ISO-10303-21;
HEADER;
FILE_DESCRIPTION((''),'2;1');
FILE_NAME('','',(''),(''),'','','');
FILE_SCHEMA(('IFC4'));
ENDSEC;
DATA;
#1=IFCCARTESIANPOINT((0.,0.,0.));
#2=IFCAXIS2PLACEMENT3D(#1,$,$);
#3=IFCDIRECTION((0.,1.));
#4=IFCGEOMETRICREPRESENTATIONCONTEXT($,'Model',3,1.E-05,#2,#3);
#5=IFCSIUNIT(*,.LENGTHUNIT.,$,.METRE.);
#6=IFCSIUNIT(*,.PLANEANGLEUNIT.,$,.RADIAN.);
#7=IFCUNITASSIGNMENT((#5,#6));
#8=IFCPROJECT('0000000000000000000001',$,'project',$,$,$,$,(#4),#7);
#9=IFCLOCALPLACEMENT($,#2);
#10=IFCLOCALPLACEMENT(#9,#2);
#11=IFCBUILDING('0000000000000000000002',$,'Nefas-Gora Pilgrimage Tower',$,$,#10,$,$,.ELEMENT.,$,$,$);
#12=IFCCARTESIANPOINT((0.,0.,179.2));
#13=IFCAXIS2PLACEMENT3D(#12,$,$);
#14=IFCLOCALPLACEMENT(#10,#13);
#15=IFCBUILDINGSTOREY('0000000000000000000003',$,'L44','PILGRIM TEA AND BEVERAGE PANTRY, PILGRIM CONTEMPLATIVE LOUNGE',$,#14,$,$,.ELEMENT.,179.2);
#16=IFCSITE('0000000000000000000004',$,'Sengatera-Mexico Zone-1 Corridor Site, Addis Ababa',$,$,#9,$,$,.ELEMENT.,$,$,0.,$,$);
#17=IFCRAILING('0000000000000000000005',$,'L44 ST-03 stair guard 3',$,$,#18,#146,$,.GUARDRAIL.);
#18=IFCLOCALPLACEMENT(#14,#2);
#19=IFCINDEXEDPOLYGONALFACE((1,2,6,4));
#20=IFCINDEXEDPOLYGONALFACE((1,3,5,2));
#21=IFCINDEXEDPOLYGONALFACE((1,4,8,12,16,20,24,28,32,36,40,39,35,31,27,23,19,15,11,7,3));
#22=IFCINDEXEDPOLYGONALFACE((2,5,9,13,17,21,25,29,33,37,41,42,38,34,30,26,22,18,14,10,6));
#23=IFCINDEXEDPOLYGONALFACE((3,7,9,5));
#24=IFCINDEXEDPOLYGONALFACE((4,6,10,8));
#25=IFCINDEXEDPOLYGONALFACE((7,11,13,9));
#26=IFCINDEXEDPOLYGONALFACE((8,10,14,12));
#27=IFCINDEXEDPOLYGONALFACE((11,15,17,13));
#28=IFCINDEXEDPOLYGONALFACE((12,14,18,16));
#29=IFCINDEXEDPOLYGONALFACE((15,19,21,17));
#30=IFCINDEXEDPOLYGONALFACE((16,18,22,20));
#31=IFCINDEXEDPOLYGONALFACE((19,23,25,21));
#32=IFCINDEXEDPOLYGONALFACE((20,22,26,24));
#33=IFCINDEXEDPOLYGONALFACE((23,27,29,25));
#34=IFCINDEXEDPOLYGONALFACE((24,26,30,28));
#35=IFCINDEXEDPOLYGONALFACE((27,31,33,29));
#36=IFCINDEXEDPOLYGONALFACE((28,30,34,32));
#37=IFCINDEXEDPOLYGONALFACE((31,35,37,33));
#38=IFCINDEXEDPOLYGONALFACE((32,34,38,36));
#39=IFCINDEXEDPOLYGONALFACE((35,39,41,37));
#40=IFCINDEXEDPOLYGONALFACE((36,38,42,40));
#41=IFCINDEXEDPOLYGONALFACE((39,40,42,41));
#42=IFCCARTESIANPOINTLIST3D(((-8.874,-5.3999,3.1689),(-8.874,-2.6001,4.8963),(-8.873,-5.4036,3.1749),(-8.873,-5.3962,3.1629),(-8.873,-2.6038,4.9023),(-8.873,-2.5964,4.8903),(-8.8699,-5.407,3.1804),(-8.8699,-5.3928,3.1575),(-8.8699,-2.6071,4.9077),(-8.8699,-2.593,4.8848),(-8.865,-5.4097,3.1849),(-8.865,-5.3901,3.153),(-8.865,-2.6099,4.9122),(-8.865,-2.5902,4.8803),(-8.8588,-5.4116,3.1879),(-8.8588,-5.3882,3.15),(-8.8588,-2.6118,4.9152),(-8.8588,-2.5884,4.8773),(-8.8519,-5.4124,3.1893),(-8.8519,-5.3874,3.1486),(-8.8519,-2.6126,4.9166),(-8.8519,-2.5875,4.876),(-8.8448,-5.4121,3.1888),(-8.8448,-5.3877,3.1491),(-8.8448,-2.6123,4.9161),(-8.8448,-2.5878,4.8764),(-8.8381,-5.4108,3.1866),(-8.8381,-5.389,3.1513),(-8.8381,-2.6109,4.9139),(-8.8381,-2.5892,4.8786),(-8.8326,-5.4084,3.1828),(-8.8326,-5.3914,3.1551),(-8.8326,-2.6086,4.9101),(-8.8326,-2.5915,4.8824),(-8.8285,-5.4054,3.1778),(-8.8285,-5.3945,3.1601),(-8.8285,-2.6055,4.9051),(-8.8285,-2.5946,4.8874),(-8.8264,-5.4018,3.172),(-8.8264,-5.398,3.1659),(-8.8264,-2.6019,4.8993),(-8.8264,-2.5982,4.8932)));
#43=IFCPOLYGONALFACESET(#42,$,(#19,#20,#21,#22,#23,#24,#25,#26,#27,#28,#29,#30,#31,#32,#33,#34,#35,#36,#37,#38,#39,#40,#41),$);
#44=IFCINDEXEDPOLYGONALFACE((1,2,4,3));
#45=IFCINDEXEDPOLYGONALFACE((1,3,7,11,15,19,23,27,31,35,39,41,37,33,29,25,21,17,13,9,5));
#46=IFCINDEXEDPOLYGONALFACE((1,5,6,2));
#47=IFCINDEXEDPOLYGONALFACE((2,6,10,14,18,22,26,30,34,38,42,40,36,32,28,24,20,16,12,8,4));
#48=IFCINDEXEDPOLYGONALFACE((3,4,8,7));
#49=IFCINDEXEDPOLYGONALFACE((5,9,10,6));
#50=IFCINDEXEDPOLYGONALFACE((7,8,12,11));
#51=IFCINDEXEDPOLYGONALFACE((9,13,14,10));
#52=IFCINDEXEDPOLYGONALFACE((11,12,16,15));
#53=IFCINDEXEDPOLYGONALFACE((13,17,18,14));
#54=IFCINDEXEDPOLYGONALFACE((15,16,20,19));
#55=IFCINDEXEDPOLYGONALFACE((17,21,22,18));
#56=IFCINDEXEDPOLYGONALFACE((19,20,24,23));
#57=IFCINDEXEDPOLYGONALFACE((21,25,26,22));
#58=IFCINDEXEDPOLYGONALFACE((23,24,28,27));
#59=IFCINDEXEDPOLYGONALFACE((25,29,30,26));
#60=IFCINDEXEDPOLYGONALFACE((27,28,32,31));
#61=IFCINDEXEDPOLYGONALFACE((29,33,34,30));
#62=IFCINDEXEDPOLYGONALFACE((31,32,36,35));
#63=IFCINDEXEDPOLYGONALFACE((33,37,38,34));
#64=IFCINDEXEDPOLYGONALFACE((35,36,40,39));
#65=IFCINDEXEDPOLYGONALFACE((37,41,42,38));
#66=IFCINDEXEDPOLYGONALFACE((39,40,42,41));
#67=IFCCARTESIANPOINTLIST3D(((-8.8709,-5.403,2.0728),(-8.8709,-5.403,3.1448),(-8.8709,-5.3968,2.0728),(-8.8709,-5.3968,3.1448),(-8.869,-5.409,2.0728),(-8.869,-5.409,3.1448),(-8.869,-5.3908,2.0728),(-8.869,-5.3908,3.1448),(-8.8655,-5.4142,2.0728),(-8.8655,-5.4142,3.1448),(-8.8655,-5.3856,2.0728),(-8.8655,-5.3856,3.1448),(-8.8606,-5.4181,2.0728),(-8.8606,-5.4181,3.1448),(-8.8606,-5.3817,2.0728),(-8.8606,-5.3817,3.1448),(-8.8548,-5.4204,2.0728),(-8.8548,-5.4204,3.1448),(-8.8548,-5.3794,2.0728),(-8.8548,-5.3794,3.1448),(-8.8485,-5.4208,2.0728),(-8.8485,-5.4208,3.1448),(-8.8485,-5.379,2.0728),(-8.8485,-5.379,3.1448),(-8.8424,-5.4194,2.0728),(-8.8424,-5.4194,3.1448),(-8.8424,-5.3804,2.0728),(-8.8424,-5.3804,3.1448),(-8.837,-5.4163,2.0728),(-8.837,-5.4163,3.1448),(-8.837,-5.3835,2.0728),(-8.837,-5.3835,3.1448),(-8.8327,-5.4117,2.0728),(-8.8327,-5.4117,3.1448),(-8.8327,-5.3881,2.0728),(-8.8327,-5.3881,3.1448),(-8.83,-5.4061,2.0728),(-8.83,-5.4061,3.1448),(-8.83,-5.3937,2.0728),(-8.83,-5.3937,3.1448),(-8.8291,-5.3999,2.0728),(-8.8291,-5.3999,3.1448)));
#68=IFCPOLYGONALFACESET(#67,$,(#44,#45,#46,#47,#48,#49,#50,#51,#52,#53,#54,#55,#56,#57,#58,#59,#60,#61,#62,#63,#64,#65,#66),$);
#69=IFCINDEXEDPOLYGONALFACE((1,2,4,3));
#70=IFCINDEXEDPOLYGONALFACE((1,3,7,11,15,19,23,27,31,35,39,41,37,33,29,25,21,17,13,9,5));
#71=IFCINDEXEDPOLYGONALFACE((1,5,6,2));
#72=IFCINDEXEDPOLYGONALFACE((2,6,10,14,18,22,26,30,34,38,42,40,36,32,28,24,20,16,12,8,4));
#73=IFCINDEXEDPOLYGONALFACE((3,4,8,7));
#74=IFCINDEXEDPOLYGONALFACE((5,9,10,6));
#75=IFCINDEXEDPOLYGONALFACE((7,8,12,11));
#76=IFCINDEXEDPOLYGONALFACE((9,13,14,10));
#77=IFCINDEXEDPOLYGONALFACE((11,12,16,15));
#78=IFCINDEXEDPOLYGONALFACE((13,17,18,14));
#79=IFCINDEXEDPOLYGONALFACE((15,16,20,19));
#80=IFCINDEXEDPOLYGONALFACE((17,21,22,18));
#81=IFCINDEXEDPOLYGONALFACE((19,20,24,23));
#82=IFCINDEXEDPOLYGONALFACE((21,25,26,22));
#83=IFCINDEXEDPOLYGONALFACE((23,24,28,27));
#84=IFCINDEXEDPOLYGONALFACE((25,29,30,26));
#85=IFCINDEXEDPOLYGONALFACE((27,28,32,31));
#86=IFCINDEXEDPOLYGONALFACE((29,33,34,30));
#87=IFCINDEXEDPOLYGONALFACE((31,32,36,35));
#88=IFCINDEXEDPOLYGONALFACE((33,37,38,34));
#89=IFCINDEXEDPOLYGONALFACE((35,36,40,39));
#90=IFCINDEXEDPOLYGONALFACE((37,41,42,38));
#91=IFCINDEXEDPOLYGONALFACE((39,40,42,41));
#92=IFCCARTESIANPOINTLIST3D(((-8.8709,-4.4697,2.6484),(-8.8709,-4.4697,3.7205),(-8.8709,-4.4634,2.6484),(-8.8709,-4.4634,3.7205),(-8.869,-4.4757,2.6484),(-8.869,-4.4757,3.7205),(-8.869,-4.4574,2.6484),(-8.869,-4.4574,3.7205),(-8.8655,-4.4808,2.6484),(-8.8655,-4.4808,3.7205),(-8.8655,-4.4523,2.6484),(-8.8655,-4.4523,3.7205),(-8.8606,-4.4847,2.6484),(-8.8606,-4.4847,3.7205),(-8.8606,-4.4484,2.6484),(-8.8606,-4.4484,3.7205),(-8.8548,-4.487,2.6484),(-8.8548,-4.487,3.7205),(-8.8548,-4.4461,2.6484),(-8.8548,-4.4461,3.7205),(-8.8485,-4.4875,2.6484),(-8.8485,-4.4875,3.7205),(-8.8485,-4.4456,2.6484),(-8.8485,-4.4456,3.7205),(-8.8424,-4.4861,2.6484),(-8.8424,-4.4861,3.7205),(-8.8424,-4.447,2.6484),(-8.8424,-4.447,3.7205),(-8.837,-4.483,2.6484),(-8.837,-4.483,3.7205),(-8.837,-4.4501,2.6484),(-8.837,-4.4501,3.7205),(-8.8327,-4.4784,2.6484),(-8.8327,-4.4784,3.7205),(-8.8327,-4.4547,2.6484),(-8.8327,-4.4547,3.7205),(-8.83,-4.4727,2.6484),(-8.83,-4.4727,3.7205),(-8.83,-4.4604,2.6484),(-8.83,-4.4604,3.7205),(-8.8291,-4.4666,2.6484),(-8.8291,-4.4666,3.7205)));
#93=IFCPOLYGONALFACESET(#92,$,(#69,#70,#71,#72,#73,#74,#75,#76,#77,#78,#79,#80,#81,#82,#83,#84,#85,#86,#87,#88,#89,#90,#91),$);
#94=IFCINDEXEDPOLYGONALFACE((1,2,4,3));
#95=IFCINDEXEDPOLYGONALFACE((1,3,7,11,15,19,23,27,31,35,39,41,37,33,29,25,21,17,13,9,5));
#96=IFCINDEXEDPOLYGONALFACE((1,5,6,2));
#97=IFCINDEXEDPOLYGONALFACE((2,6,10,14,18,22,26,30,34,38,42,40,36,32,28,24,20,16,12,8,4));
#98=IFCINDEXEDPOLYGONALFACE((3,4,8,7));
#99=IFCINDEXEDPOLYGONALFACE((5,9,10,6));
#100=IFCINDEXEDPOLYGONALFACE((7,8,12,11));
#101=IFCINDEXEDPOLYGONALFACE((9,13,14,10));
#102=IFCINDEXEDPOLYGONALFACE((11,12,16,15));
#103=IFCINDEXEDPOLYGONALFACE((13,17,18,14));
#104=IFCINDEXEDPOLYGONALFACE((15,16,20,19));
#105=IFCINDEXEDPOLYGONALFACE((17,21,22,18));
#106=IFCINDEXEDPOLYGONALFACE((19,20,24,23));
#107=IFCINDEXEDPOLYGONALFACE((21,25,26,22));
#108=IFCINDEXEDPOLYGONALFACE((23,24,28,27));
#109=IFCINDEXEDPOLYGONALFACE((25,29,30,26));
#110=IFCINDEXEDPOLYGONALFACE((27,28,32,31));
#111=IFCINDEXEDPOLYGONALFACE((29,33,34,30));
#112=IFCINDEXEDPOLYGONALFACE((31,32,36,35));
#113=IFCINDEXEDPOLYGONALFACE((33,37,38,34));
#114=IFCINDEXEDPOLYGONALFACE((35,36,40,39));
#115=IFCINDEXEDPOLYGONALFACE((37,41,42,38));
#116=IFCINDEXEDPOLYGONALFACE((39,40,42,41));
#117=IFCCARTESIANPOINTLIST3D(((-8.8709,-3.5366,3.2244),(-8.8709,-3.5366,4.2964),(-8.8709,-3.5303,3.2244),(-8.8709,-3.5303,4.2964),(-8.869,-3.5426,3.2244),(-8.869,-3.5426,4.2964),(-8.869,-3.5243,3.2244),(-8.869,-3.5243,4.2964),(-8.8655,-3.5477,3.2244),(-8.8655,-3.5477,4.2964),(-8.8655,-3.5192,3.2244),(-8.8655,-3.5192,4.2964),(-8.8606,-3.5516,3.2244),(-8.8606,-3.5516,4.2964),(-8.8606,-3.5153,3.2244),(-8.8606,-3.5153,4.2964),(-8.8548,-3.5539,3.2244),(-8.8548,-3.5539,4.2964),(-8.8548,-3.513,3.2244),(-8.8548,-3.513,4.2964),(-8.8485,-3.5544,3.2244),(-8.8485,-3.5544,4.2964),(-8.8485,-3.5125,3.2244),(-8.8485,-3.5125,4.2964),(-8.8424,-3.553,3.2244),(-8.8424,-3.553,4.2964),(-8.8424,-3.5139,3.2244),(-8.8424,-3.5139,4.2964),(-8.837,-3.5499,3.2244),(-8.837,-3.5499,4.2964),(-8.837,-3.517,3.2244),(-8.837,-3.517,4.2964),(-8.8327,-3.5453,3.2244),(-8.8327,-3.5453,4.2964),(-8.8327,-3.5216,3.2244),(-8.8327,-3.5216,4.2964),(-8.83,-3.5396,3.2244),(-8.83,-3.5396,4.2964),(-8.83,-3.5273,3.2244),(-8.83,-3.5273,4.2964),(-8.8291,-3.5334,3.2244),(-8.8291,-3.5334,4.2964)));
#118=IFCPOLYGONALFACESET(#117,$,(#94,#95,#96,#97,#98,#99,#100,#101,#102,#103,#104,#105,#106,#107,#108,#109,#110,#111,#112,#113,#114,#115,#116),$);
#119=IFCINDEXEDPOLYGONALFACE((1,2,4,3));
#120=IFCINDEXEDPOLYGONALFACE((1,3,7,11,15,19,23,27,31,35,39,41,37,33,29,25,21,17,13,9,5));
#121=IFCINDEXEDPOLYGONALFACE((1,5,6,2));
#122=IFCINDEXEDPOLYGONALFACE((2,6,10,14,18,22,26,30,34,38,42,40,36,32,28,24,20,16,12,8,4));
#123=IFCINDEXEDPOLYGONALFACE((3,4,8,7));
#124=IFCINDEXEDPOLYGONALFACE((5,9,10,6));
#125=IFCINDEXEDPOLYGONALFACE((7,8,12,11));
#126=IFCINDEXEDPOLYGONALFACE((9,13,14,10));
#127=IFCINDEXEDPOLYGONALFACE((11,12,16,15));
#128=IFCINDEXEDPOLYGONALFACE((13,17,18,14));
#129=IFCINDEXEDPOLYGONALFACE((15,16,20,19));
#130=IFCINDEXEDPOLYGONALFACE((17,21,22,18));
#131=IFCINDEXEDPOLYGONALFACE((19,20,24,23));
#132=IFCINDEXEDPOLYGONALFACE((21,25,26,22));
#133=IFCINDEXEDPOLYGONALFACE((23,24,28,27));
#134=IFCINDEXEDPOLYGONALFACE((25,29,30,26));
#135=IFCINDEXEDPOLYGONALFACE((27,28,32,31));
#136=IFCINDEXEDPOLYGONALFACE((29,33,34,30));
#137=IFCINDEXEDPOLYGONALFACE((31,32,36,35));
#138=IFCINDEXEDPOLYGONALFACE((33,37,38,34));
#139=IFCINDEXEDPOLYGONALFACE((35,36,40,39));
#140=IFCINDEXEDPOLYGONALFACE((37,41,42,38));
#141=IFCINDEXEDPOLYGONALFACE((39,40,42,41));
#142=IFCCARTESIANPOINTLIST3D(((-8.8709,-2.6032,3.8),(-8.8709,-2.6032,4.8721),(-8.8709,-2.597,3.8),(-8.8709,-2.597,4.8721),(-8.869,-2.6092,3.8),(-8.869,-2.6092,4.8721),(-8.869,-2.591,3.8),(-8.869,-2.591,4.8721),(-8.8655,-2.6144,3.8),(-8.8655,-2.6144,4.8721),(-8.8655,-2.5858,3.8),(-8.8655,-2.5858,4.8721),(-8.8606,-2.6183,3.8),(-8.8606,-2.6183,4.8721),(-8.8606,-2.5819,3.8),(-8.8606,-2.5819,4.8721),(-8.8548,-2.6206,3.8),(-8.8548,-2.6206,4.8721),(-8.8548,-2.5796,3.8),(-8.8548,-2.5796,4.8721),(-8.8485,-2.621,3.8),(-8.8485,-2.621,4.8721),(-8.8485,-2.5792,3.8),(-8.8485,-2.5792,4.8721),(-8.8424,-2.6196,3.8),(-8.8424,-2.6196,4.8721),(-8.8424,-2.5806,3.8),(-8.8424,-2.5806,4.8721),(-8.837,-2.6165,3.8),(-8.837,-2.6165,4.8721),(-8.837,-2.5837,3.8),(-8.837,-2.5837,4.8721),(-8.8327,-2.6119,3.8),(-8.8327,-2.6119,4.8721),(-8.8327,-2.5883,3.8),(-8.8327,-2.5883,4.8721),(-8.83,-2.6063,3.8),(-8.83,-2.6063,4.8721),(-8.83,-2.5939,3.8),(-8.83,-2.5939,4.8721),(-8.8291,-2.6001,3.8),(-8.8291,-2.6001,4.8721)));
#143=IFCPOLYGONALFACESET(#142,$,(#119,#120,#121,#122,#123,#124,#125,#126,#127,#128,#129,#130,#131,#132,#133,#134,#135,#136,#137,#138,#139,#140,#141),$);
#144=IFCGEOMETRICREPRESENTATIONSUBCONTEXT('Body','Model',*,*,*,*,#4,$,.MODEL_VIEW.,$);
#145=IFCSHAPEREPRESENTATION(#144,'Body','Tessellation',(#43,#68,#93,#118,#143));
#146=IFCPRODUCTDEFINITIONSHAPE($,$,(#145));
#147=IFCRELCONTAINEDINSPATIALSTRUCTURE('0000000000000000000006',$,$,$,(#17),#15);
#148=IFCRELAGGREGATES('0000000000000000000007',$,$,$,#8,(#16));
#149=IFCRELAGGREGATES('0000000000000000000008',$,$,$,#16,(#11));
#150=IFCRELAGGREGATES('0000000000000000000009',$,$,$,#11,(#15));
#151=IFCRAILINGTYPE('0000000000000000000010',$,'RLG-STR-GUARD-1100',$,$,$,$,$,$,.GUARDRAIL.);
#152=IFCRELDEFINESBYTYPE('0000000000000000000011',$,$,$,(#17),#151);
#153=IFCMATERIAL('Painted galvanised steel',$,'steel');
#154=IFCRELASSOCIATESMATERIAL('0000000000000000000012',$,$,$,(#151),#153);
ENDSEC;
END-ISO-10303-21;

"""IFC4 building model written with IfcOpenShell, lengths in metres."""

from ifc_helpers import new_model, si_unit, direction, frame, origin, origin_2d, place, context, subcontext, project, spatial, circle, extrude, material, type_object, element, save


model = new_model("IFC4")

# Units and contexts
model_context = context("Model", 3, precision=1e-05, world=origin(), true_north=direction((0.0, 1.0)))
body_context = subcontext(model_context, "Body", "Model", "MODEL_VIEW")
ifc_project = project(units=[si_unit("LENGTHUNIT", "METRE"), si_unit("PLANEANGLEUNIT", "RADIAN")], contexts=[model_context])

# Site, building, storey
site_placement = place(None, origin())
site = spatial("IfcSite", under=ifc_project, at=site_placement, Name="Sengatera-Mexico Zone-1 Corridor Site, Addis Ababa", CompositionType="ELEMENT", RefElevation=0.0)
building_placement = place(site_placement, origin())
building = spatial("IfcBuilding", under=site, at=building_placement, Name="Nefas-Gora Pilgrimage Tower", CompositionType="ELEMENT")
storey_placement = place(building_placement, frame((0.0, 0.0, 179.2)))
storey = spatial("IfcBuildingStorey", under=building, at=storey_placement, Name="L44", Description="PILGRIM TEA AND BEVERAGE PANTRY, PILGRIM CONTEMPLATIVE LOUNGE", CompositionType="ELEMENT", Elevation=179.2)

# Railing
ifc_material_1 = material(Name="Painted galvanised steel", Category="steel")
railing_type_1 = type_object("IfcRailingType", Name="RLG-STR-GUARD-1100", PredefinedType="GUARDRAIL", material=ifc_material_1)
railing_1_placement = place(storey_placement, frame((-8.8501, -5.3999, 2.0728)))
element("IfcRailing", 1, at=railing_1_placement, inside=storey, type_object=railing_type_1, Name="L44 ST-03 stair guard 3", PredefinedType="GUARDRAIL", context=body_context, shape_type="SweptSolid", body=[
    extrude(circle(Radius=0.0239, at=origin_2d()), frame((0.0, 0.0, 1.0962), z_axis=(0.0, 0.851069, 0.525054), x_axis=(-1.0, 0.0, 0.0)), (0.0, 0.0, 1.0), 3.2898),
    extrude(circle(Radius=0.021, at=origin_2d()), origin(), (0.0, 0.0, 1.0), 1.072),
    extrude(circle(Radius=0.021, at=origin_2d()), frame((0.0, 0.9333, 0.5757)), (0.0, 0.0, 1.0), 1.072),
    extrude(circle(Radius=0.021, at=origin_2d()), frame((0.0, 1.8665, 1.1516)), (0.0, 0.0, 1.0), 1.072),
    extrude(circle(Radius=0.021, at=origin_2d()), frame((0.0, 2.7998, 1.7273)), (0.0, 0.0, 1.0), 1.072),
])

save(model, "model.ifc")
